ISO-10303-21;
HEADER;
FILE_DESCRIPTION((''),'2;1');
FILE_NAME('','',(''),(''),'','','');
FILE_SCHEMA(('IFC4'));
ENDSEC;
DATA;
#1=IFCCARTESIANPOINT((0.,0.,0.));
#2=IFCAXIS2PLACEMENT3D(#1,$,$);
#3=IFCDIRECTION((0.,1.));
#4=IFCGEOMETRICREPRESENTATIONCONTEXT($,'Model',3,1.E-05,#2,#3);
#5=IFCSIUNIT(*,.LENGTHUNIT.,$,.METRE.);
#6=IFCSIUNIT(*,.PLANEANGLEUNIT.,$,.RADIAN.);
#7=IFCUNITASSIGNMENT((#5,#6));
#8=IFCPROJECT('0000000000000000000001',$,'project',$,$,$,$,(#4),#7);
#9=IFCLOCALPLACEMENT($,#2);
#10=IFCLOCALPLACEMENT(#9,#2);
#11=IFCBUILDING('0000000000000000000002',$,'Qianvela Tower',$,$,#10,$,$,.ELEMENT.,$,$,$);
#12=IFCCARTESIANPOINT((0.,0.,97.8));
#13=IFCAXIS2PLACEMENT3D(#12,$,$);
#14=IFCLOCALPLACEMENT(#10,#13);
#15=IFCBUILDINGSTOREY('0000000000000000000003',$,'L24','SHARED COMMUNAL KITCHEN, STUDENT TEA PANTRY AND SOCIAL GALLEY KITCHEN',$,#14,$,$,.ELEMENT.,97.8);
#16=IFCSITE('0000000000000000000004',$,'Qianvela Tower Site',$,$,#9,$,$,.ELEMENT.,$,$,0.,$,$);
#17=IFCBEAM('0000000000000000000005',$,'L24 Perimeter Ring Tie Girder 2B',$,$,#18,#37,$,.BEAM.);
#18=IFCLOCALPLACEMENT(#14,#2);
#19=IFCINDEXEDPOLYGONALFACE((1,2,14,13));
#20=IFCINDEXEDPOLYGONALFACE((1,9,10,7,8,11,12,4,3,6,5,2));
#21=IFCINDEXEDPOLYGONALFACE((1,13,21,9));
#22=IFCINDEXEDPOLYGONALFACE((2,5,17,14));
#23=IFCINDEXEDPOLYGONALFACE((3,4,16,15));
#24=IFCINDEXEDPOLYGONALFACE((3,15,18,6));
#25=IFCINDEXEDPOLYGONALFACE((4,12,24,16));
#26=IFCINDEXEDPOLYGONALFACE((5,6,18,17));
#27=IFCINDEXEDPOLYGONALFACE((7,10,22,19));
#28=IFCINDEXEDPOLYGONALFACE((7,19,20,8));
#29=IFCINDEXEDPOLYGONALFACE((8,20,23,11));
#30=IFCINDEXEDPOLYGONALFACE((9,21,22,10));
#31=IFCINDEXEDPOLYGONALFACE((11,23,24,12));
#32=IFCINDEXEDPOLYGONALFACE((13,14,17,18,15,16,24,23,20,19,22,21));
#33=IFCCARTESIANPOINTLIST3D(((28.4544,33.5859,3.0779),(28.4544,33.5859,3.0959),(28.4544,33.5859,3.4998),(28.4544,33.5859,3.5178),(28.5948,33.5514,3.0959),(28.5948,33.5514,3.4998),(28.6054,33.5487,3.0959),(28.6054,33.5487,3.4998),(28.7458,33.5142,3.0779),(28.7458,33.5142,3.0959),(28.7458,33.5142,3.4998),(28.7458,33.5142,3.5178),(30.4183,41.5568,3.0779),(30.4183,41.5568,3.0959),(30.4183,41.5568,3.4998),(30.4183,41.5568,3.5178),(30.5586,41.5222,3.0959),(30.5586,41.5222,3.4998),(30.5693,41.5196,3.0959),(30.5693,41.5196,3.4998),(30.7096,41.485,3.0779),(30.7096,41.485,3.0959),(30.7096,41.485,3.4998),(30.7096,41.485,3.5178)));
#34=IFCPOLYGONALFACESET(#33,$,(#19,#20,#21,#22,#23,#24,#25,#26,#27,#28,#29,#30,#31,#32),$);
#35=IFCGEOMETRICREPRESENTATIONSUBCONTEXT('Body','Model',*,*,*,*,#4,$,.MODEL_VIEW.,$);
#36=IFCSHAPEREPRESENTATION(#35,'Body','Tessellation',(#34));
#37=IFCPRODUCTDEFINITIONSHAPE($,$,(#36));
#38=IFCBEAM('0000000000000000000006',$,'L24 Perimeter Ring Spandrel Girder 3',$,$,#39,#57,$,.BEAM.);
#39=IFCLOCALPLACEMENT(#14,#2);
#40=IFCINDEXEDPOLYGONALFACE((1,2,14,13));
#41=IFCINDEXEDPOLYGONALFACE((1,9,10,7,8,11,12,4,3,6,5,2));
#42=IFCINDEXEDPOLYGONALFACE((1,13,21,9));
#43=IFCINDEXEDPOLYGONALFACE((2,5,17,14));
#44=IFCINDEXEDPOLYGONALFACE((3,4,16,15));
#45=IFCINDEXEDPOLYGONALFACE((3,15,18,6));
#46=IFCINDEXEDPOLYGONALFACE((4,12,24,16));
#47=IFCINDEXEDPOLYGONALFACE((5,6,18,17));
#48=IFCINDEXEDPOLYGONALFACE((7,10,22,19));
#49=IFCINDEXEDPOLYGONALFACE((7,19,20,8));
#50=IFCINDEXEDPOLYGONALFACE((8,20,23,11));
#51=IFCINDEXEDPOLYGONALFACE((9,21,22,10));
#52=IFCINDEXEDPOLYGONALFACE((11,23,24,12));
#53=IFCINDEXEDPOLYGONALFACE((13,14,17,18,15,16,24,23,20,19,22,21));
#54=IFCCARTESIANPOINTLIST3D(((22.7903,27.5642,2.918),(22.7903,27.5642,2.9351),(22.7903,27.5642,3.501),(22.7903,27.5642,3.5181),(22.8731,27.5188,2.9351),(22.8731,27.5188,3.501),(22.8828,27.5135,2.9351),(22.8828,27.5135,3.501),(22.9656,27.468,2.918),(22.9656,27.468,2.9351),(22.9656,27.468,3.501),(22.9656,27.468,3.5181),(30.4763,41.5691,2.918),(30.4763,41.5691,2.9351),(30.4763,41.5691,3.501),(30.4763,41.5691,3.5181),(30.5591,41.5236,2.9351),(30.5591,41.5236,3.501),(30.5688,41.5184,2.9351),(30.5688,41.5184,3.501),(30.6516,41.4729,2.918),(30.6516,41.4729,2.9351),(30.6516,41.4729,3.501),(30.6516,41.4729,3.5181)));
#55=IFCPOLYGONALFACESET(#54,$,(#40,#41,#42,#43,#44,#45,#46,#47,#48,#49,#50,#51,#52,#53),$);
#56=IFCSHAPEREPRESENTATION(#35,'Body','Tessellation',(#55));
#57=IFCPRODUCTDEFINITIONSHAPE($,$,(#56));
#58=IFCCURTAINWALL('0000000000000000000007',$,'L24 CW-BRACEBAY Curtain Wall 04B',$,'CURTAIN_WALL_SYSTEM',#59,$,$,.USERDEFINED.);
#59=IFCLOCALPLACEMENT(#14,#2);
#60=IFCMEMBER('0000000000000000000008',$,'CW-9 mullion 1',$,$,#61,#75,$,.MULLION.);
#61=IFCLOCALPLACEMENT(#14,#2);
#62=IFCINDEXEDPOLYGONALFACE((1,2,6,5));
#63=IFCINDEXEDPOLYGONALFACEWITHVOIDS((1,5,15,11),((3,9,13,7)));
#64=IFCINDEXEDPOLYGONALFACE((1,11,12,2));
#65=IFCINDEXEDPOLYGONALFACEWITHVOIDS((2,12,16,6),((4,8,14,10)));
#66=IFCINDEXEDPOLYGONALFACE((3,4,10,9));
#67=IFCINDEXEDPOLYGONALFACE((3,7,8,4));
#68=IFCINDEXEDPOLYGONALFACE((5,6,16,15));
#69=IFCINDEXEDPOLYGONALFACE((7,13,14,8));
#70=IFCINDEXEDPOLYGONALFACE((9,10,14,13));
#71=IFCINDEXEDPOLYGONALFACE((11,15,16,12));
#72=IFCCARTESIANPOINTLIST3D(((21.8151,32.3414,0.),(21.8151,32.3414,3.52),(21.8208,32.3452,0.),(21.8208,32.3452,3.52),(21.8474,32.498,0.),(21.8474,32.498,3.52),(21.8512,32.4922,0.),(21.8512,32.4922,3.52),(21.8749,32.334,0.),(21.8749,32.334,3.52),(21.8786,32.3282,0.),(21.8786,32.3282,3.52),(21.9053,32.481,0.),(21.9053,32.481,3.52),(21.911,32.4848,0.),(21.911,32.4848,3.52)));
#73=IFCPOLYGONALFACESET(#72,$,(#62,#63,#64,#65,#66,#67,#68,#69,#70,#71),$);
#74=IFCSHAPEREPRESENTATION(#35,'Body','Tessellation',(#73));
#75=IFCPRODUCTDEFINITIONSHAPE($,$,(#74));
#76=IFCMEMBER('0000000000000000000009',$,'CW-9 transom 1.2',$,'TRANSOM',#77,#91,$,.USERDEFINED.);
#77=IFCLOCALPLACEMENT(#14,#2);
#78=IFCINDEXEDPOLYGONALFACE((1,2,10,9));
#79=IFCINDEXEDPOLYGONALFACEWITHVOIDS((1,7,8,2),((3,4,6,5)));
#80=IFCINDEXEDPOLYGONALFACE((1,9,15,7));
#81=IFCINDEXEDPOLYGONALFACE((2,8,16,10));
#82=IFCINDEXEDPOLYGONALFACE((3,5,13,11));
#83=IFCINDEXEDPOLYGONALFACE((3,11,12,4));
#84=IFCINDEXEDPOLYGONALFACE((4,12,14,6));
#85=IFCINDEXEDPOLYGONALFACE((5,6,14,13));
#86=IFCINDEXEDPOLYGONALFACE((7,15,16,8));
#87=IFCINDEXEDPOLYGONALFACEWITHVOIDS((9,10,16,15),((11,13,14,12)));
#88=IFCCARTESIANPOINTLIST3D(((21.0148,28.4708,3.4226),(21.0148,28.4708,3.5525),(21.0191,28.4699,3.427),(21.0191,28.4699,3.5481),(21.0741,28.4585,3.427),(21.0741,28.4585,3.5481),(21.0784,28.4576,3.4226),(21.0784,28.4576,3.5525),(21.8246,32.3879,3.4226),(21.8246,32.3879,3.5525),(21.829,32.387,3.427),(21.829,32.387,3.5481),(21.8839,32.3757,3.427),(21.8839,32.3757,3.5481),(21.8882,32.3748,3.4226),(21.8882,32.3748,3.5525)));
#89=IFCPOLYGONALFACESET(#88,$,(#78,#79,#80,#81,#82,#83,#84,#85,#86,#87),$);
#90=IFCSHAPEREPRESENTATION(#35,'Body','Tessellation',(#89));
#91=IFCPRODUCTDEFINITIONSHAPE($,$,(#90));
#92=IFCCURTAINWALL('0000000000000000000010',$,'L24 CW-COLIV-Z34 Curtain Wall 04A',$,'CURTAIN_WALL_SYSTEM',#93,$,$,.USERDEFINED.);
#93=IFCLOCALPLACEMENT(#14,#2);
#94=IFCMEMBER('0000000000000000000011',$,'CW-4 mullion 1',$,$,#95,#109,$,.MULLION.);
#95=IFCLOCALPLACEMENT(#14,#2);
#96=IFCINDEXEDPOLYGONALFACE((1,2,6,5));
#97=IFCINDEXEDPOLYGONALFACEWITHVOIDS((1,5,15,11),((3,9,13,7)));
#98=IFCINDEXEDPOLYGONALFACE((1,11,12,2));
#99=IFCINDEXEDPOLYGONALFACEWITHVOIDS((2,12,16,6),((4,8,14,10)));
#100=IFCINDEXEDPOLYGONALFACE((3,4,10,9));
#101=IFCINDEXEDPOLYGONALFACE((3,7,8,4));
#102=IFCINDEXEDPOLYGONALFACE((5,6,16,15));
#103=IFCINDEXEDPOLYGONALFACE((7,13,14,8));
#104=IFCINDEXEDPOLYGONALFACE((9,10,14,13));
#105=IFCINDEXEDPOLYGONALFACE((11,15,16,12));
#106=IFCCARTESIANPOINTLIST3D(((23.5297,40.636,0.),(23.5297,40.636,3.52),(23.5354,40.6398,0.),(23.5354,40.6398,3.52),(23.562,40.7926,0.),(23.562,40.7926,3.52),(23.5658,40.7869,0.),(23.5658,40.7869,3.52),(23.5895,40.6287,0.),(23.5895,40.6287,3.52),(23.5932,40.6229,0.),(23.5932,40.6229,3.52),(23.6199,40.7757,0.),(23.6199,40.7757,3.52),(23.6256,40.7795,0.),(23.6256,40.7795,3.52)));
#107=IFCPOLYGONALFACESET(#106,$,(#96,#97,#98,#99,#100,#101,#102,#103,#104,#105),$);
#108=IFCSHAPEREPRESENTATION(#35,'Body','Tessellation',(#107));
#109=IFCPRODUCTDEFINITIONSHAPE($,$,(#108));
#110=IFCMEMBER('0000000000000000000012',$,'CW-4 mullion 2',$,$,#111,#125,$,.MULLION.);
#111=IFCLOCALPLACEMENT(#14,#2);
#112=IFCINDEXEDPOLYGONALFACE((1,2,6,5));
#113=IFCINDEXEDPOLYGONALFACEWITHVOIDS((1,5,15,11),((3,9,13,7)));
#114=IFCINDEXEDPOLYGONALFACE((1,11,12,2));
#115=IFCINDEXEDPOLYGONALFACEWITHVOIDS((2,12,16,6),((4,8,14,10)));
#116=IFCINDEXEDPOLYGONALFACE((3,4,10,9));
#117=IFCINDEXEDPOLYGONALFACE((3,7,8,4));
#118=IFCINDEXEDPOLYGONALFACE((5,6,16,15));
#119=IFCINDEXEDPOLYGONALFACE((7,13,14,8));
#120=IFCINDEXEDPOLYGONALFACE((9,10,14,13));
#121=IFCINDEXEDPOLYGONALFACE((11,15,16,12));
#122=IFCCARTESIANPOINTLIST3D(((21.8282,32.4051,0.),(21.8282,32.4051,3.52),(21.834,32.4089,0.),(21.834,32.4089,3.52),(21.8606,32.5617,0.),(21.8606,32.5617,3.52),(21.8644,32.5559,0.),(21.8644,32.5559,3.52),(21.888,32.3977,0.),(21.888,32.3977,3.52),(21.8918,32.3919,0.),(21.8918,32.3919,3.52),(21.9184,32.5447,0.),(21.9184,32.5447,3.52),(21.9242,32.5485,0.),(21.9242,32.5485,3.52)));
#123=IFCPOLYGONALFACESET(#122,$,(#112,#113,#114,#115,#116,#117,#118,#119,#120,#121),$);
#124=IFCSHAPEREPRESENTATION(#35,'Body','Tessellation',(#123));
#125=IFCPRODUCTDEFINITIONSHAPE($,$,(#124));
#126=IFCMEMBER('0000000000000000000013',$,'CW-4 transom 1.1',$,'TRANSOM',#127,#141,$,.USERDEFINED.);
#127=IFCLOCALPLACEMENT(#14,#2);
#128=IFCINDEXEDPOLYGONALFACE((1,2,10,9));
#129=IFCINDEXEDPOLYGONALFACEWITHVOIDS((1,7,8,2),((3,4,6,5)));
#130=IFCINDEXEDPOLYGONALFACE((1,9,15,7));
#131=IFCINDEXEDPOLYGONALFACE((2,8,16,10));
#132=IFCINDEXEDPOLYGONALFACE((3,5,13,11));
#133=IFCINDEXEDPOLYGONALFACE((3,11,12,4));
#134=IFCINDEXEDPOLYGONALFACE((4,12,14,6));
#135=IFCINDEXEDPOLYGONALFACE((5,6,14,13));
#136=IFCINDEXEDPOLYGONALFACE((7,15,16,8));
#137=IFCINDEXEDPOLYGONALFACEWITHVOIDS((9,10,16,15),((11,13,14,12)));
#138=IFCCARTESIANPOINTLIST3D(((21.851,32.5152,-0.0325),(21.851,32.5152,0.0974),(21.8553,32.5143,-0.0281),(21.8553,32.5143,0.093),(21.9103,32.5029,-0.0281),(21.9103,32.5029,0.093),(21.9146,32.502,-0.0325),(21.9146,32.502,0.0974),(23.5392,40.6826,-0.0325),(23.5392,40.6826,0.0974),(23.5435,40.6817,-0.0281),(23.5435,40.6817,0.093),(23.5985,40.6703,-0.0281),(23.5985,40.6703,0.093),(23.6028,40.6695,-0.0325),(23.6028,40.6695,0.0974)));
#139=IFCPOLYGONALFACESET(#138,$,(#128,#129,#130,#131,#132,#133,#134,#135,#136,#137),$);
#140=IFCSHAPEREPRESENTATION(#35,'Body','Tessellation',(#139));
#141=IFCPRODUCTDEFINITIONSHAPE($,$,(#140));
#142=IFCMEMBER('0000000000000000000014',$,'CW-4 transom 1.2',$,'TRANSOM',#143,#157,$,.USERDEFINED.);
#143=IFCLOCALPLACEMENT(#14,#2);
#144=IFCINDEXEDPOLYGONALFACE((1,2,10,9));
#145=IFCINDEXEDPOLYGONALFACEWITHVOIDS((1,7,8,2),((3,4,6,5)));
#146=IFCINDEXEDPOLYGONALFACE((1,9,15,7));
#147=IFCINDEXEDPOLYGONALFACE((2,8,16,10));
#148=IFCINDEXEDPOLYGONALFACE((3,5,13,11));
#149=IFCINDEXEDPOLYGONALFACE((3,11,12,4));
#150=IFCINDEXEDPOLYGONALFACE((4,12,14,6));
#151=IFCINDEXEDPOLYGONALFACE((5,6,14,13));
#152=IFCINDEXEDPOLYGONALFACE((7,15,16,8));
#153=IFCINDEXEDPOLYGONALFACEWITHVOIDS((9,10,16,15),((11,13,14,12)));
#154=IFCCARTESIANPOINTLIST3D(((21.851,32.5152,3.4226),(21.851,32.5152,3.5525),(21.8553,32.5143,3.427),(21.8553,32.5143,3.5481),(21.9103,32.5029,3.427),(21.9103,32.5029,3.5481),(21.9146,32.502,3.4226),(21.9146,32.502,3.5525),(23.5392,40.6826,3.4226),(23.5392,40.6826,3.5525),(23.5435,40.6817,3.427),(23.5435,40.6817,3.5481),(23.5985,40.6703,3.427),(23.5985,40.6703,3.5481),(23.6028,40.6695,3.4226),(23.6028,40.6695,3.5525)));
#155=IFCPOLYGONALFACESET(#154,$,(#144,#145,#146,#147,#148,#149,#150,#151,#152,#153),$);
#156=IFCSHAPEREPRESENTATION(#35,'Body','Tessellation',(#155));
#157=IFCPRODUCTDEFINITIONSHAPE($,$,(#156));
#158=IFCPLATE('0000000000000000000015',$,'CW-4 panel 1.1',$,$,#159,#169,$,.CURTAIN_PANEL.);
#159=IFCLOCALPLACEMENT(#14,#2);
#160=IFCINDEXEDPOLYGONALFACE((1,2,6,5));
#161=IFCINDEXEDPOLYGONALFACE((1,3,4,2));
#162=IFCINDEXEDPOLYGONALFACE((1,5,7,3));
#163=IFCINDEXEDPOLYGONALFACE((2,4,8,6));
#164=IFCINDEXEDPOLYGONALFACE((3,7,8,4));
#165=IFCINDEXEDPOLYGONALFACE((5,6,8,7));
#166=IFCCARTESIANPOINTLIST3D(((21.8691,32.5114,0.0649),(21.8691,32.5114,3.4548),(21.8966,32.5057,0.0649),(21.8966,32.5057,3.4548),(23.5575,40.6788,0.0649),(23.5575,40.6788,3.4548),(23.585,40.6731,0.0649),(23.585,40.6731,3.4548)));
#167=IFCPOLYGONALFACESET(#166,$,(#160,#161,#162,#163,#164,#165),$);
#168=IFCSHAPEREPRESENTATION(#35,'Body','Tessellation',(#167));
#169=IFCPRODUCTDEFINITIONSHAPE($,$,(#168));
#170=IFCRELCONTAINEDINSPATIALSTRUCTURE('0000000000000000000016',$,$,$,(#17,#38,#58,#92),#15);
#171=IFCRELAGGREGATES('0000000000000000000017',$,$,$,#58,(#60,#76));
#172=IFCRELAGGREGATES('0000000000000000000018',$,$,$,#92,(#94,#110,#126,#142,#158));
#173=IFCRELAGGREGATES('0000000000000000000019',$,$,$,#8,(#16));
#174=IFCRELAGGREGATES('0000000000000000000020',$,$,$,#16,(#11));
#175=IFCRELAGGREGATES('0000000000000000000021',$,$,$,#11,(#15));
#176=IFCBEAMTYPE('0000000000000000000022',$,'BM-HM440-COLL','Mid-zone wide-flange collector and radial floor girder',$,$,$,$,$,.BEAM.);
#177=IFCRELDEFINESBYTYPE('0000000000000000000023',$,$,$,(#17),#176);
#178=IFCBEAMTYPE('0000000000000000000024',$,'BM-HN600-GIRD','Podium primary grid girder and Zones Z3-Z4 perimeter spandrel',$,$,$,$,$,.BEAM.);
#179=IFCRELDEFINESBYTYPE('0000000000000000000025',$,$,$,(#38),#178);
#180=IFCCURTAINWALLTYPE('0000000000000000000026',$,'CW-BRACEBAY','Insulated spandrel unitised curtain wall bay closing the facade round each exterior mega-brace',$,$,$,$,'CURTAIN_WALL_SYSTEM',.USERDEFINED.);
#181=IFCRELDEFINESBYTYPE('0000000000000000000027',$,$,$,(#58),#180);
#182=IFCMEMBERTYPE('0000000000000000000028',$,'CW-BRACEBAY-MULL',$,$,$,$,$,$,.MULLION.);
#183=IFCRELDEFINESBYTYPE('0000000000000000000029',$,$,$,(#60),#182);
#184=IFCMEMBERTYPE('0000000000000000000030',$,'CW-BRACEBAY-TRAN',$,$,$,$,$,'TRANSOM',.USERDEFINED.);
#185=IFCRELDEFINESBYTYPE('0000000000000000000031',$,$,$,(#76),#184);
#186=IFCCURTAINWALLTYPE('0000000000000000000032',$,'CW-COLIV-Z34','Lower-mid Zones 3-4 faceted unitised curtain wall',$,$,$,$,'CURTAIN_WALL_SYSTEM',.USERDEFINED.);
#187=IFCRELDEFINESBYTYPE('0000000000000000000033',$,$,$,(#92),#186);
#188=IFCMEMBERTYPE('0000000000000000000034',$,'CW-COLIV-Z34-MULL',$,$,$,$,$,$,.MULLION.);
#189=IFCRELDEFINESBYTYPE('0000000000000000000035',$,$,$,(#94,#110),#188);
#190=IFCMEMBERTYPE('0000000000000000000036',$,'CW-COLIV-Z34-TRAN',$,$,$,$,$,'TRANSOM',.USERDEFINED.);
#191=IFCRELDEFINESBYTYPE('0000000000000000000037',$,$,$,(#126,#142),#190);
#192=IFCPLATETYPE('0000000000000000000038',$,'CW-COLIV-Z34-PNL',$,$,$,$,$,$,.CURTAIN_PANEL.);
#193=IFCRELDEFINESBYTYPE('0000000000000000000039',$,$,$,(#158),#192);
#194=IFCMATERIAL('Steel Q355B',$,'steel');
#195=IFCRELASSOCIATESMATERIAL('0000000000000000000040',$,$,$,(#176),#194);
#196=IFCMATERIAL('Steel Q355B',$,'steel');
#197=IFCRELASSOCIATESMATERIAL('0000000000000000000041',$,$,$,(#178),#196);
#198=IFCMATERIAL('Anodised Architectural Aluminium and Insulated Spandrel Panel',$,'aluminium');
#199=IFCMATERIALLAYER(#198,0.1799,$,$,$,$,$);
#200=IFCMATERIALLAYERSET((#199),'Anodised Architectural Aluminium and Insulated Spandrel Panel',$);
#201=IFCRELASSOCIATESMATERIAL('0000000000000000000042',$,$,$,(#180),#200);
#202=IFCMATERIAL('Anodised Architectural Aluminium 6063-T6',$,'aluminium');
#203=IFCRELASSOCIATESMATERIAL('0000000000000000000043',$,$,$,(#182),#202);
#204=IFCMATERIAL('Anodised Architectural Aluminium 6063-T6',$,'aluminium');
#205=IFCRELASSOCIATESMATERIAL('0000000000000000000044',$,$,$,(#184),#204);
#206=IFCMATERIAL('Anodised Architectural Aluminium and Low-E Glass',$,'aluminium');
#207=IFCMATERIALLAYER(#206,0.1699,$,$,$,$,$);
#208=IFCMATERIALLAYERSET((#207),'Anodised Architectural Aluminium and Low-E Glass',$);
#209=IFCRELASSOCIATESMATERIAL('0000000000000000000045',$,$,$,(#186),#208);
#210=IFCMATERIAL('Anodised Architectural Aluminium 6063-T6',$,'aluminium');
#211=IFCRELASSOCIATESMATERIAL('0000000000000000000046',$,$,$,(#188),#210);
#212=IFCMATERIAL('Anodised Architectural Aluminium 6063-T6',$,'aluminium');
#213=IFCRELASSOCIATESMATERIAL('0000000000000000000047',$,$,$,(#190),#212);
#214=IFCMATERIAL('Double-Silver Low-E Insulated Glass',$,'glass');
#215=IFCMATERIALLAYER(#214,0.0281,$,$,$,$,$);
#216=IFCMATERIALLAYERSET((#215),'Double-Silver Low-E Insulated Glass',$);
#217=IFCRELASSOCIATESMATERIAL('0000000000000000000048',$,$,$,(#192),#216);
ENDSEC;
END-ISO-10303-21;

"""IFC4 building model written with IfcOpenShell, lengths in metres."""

from ifc_helpers import new_model, si_unit, direction, frame, origin, origin_2d, place, context, subcontext, project, spatial, rectangle, hollow_rectangle, i_section, extrude, material, layer, layer_set, material_profile, profile_set, type_object, element, aggregate, save


model = new_model("IFC4")

# Units and contexts
model_context = context("Model", 3, precision=1e-05, world=origin(), true_north=direction((0.0, 1.0)))
body_context = subcontext(model_context, "Body", "Model", "MODEL_VIEW")
ifc_project = project(units=[si_unit("LENGTHUNIT", "METRE"), si_unit("PLANEANGLEUNIT", "RADIAN")], contexts=[model_context])

# Site, building, storey
site_placement = place(None, origin())
site = spatial("IfcSite", under=ifc_project, at=site_placement, Name="Qianvela Tower Site", CompositionType="ELEMENT", RefElevation=0.0)
building_placement = place(site_placement, origin())
building = spatial("IfcBuilding", under=site, at=building_placement, Name="Qianvela Tower", CompositionType="ELEMENT")
storey_placement = place(building_placement, frame((0.0, 0.0, 97.8)))
storey = spatial("IfcBuildingStorey", under=building, at=storey_placement, Name="L24", Description="SHARED COMMUNAL KITCHEN, STUDENT TEA PANTRY AND SOCIAL GALLEY KITCHEN", CompositionType="ELEMENT", Elevation=97.8)

# Beams
ifc_material_1 = material(Name="Steel Q355B", Category="steel")
ifc_material_profile_1 = material_profile(ifc_material_1, i_section(OverallWidth=0.3, OverallDepth=0.4399, WebThickness=0.011, FlangeThickness=0.0181, at=origin_2d()), Name="HM440x300x11x18")
ifc_profile_set_1 = profile_set([ifc_material_profile_1], Name="Steel Q355B")
beam_type_1 = type_object("IfcBeamType", Name="BM-HM440-COLL", Description="Mid-zone wide-flange collector and radial floor girder", PredefinedType="BEAM", material=ifc_profile_set_1)
beam_1_placement = place(storey_placement, frame((28.6001, 33.55, 3.2979), z_axis=(0.239224, 0.970964, 0.0), x_axis=(-0.970964, 0.239224, 0.0)))
element("IfcBeam", 1, at=beam_1_placement, inside=storey, type_object=beam_type_1, Name="L24 Perimeter Ring Tie Girder 2B", PredefinedType="BEAM", context=body_context, shape_type="SweptSolid", body=[
    extrude(i_section(OverallWidth=0.3, OverallDepth=0.4399, WebThickness=0.011, FlangeThickness=0.0181, at=origin_2d()), origin(), (0.0, 0.0, 1.0), 8.2092),
])
ifc_material_2 = material(Name="Steel Q355B", Category="steel")
ifc_material_profile_2 = material_profile(ifc_material_2, i_section(OverallWidth=0.2, OverallDepth=0.6001, WebThickness=0.011, FlangeThickness=0.0171, at=origin_2d()), Name="HN600x200x11x17")
ifc_profile_set_2 = profile_set([ifc_material_profile_2], Name="Steel Q355B")
beam_type_2 = type_object("IfcBeamType", Name="BM-HN600-GIRD", Description="Podium primary grid girder and Zones Z3-Z4 perimeter spandrel", PredefinedType="BEAM", material=ifc_profile_set_2)
beam_2_placement = place(storey_placement, frame((30.564, 41.521, 3.218), z_axis=(-0.481118, -0.876656, 0.0), x_axis=(0.876656, -0.481118, 0.0)))
element("IfcBeam", 2, at=beam_2_placement, inside=storey, type_object=beam_type_2, Name="L24 Perimeter Ring Spandrel Girder 3", PredefinedType="BEAM", context=body_context, shape_type="SweptSolid", body=[
    extrude(i_section(OverallWidth=0.2, OverallDepth=0.6001, WebThickness=0.011, FlangeThickness=0.0171, at=origin_2d()), origin(), (0.0, 0.0, 1.0), 15.9753),
])

# Curtain wall, members
ifc_material_3 = material(Name="Anodised Architectural Aluminium and Insulated Spandrel Panel", Category="aluminium")
ifc_layer_1 = layer(ifc_material_3, 0.1799)
ifc_layer_set_1 = layer_set([ifc_layer_1], Name="Anodised Architectural Aluminium and Insulated Spandrel Panel")
curtain_wall_type_1 = type_object("IfcCurtainWallType", Name="CW-BRACEBAY", Description="Insulated spandrel unitised curtain wall bay closing the facade round each exterior mega-brace", ElementType="CURTAIN_WALL_SYSTEM", PredefinedType="USERDEFINED", material=ifc_layer_set_1)
curtain_wall_1_placement = place(storey_placement, origin())
curtain_wall_1 = element("IfcCurtainWall", 3, at=curtain_wall_1_placement, inside=storey, type_object=curtain_wall_type_1, Name="L24 CW-BRACEBAY Curtain Wall 04B", ObjectType="CURTAIN_WALL_SYSTEM", PredefinedType="USERDEFINED")
ifc_material_4 = material(Name="Anodised Architectural Aluminium 6063-T6", Category="aluminium")
ifc_material_profile_3 = material_profile(ifc_material_4, hollow_rectangle(XDim=0.0649, YDim=0.1599, WallThickness=0.0049, at=origin_2d()), Name="ALU-MULL-65x160")
ifc_profile_set_3 = profile_set([ifc_material_profile_3], Name="Anodised Architectural Aluminium 6063-T6")
member_type_1 = type_object("IfcMemberType", Name="CW-BRACEBAY-MULL", PredefinedType="MULLION", material=ifc_profile_set_3)
member_1_placement = place(storey_placement, frame((21.863, 32.4131, 0.0), z_axis=(0.0, 0.0, 1.0), x_axis=(0.979294, -0.202445, 0.0)))
member_1 = element("IfcMember", 4, at=member_1_placement, type_object=member_type_1, Name="CW-9 mullion 1", PredefinedType="MULLION", context=body_context, shape_type="SweptSolid", body=[
    extrude(hollow_rectangle(XDim=0.0649, YDim=0.1599, WallThickness=0.0049, at=origin_2d()), origin(), (0.0, 0.0, 1.0), 3.52),
])
ifc_material_5 = material(Name="Anodised Architectural Aluminium 6063-T6", Category="aluminium")
ifc_material_profile_4 = material_profile(ifc_material_5, hollow_rectangle(XDim=0.0649, YDim=0.1299, WallThickness=0.0044, at=origin_2d()), Name="ALU-TRAN-65x130")
ifc_profile_set_4 = profile_set([ifc_material_profile_4], Name="Anodised Architectural Aluminium 6063-T6")
member_type_2 = type_object("IfcMemberType", Name="CW-BRACEBAY-TRAN", ElementType="TRANSOM", PredefinedType="USERDEFINED", material=ifc_profile_set_4)
member_2_placement = place(storey_placement, frame((21.8564, 32.3813, 3.4875), z_axis=(-0.20245, -0.979293, 0.0), x_axis=(0.979293, -0.20245, 0.0)))
member_2 = element("IfcMember", 5, at=member_2_placement, type_object=member_type_2, Name="CW-9 transom 1.2", ObjectType="TRANSOM", PredefinedType="USERDEFINED", context=body_context, shape_type="SweptSolid", body=[
    extrude(hollow_rectangle(XDim=0.0649, YDim=0.1299, WallThickness=0.0044, at=origin_2d()), origin(), (0.0, 0.0, 1.0), 4.0),
])
aggregate(curtain_wall_1, [member_1, member_2])

# Curtain wall, members, plate
ifc_material_6 = material(Name="Anodised Architectural Aluminium and Low-E Glass", Category="aluminium")
ifc_layer_2 = layer(ifc_material_6, 0.1699)
ifc_layer_set_2 = layer_set([ifc_layer_2], Name="Anodised Architectural Aluminium and Low-E Glass")
curtain_wall_type_2 = type_object("IfcCurtainWallType", Name="CW-COLIV-Z34", Description="Lower-mid Zones 3-4 faceted unitised curtain wall", ElementType="CURTAIN_WALL_SYSTEM", PredefinedType="USERDEFINED", material=ifc_layer_set_2)
curtain_wall_2_placement = place(storey_placement, origin())
curtain_wall_2 = element("IfcCurtainWall", 6, at=curtain_wall_2_placement, inside=storey, type_object=curtain_wall_type_2, Name="L24 CW-COLIV-Z34 Curtain Wall 04A", ObjectType="CURTAIN_WALL_SYSTEM", PredefinedType="USERDEFINED")
ifc_material_7 = material(Name="Anodised Architectural Aluminium 6063-T6", Category="aluminium")
ifc_material_profile_5 = material_profile(ifc_material_7, hollow_rectangle(XDim=0.0649, YDim=0.1599, WallThickness=0.0049, at=origin_2d()), Name="ALU-MULL-65x160")
ifc_profile_set_5 = profile_set([ifc_material_profile_5], Name="Anodised Architectural Aluminium 6063-T6")
member_type_3 = type_object("IfcMemberType", Name="CW-COLIV-Z34-MULL", PredefinedType="MULLION", material=ifc_profile_set_5)
member_3_placement = place(storey_placement, frame((23.5776, 40.7078, 0.0), z_axis=(0.0, 0.0, 1.0), x_axis=(0.979294, -0.202444, 0.0)))
member_3 = element("IfcMember", 7, at=member_3_placement, type_object=member_type_3, Name="CW-4 mullion 1", PredefinedType="MULLION", context=body_context, shape_type="SweptSolid", body=[
    extrude(hollow_rectangle(XDim=0.0649, YDim=0.1599, WallThickness=0.0049, at=origin_2d()), origin(), (0.0, 0.0, 1.0), 3.52),
])
member_4_placement = place(storey_placement, frame((21.8762, 32.4768, 0.0), z_axis=(0.0, 0.0, 1.0), x_axis=(0.979294, -0.202444, 0.0)))
member_4 = element("IfcMember", 8, at=member_4_placement, type_object=member_type_3, Name="CW-4 mullion 2", PredefinedType="MULLION", context=body_context, shape_type="SweptSolid", body=[
    extrude(hollow_rectangle(XDim=0.0649, YDim=0.1599, WallThickness=0.0049, at=origin_2d()), origin(), (0.0, 0.0, 1.0), 3.52),
])
ifc_material_8 = material(Name="Anodised Architectural Aluminium 6063-T6", Category="aluminium")
ifc_material_profile_6 = material_profile(ifc_material_8, hollow_rectangle(XDim=0.0649, YDim=0.1299, WallThickness=0.0044, at=origin_2d()), Name="ALU-TRAN-65x130")
ifc_profile_set_6 = profile_set([ifc_material_profile_6], Name="Anodised Architectural Aluminium 6063-T6")
member_type_4 = type_object("IfcMemberType", Name="CW-COLIV-Z34-TRAN", ElementType="TRANSOM", PredefinedType="USERDEFINED", material=ifc_profile_set_6)
member_5_placement = place(storey_placement, frame((23.571, 40.676, 0.0325), z_axis=(-0.202423, -0.979298, 0.0), x_axis=(0.979298, -0.202423, 0.0)))
member_5 = element("IfcMember", 9, at=member_5_placement, type_object=member_type_4, Name="CW-4 transom 1.1", ObjectType="TRANSOM", PredefinedType="USERDEFINED", context=body_context, shape_type="SweptSolid", body=[
    extrude(hollow_rectangle(XDim=0.0649, YDim=0.1299, WallThickness=0.0044, at=origin_2d()), origin(), (0.0, 0.0, 1.0), 8.3401),
])
member_6_placement = place(storey_placement, frame((23.571, 40.676, 3.4875), z_axis=(-0.202423, -0.979298, 0.0), x_axis=(0.979298, -0.202423, 0.0)))
member_6 = element("IfcMember", 10, at=member_6_placement, type_object=member_type_4, Name="CW-4 transom 1.2", ObjectType="TRANSOM", PredefinedType="USERDEFINED", context=body_context, shape_type="SweptSolid", body=[
    extrude(hollow_rectangle(XDim=0.0649, YDim=0.1299, WallThickness=0.0044, at=origin_2d()), origin(), (0.0, 0.0, 1.0), 8.3401),
])
ifc_material_9 = material(Name="Double-Silver Low-E Insulated Glass", Category="glass")
ifc_layer_3 = layer(ifc_material_9, 0.0281)
ifc_layer_set_3 = layer_set([ifc_layer_3], Name="Double-Silver Low-E Insulated Glass")
plate_type_1 = type_object("IfcPlateType", Name="CW-COLIV-Z34-PNL", PredefinedType="CURTAIN_PANEL", material=ifc_layer_set_3)
plate_1_placement = place(storey_placement, frame((22.7271, 36.5923, 0.0649), z_axis=(0.0, 0.0, 1.0), x_axis=(-0.202444, -0.979294, 0.0)))
plate_1 = element("IfcPlate", 11, at=plate_1_placement, type_object=plate_type_1, Name="CW-4 panel 1.1", PredefinedType="CURTAIN_PANEL", context=body_context, shape_type="SweptSolid", body=[
    extrude(rectangle(XDim=8.3401, YDim=0.0281, at=origin_2d()), origin(), (0.0, 0.0, 1.0), 3.3899),
])
aggregate(curtain_wall_2, [member_3, member_4, member_5, member_6, plate_1])

save(model, "model.ifc")
